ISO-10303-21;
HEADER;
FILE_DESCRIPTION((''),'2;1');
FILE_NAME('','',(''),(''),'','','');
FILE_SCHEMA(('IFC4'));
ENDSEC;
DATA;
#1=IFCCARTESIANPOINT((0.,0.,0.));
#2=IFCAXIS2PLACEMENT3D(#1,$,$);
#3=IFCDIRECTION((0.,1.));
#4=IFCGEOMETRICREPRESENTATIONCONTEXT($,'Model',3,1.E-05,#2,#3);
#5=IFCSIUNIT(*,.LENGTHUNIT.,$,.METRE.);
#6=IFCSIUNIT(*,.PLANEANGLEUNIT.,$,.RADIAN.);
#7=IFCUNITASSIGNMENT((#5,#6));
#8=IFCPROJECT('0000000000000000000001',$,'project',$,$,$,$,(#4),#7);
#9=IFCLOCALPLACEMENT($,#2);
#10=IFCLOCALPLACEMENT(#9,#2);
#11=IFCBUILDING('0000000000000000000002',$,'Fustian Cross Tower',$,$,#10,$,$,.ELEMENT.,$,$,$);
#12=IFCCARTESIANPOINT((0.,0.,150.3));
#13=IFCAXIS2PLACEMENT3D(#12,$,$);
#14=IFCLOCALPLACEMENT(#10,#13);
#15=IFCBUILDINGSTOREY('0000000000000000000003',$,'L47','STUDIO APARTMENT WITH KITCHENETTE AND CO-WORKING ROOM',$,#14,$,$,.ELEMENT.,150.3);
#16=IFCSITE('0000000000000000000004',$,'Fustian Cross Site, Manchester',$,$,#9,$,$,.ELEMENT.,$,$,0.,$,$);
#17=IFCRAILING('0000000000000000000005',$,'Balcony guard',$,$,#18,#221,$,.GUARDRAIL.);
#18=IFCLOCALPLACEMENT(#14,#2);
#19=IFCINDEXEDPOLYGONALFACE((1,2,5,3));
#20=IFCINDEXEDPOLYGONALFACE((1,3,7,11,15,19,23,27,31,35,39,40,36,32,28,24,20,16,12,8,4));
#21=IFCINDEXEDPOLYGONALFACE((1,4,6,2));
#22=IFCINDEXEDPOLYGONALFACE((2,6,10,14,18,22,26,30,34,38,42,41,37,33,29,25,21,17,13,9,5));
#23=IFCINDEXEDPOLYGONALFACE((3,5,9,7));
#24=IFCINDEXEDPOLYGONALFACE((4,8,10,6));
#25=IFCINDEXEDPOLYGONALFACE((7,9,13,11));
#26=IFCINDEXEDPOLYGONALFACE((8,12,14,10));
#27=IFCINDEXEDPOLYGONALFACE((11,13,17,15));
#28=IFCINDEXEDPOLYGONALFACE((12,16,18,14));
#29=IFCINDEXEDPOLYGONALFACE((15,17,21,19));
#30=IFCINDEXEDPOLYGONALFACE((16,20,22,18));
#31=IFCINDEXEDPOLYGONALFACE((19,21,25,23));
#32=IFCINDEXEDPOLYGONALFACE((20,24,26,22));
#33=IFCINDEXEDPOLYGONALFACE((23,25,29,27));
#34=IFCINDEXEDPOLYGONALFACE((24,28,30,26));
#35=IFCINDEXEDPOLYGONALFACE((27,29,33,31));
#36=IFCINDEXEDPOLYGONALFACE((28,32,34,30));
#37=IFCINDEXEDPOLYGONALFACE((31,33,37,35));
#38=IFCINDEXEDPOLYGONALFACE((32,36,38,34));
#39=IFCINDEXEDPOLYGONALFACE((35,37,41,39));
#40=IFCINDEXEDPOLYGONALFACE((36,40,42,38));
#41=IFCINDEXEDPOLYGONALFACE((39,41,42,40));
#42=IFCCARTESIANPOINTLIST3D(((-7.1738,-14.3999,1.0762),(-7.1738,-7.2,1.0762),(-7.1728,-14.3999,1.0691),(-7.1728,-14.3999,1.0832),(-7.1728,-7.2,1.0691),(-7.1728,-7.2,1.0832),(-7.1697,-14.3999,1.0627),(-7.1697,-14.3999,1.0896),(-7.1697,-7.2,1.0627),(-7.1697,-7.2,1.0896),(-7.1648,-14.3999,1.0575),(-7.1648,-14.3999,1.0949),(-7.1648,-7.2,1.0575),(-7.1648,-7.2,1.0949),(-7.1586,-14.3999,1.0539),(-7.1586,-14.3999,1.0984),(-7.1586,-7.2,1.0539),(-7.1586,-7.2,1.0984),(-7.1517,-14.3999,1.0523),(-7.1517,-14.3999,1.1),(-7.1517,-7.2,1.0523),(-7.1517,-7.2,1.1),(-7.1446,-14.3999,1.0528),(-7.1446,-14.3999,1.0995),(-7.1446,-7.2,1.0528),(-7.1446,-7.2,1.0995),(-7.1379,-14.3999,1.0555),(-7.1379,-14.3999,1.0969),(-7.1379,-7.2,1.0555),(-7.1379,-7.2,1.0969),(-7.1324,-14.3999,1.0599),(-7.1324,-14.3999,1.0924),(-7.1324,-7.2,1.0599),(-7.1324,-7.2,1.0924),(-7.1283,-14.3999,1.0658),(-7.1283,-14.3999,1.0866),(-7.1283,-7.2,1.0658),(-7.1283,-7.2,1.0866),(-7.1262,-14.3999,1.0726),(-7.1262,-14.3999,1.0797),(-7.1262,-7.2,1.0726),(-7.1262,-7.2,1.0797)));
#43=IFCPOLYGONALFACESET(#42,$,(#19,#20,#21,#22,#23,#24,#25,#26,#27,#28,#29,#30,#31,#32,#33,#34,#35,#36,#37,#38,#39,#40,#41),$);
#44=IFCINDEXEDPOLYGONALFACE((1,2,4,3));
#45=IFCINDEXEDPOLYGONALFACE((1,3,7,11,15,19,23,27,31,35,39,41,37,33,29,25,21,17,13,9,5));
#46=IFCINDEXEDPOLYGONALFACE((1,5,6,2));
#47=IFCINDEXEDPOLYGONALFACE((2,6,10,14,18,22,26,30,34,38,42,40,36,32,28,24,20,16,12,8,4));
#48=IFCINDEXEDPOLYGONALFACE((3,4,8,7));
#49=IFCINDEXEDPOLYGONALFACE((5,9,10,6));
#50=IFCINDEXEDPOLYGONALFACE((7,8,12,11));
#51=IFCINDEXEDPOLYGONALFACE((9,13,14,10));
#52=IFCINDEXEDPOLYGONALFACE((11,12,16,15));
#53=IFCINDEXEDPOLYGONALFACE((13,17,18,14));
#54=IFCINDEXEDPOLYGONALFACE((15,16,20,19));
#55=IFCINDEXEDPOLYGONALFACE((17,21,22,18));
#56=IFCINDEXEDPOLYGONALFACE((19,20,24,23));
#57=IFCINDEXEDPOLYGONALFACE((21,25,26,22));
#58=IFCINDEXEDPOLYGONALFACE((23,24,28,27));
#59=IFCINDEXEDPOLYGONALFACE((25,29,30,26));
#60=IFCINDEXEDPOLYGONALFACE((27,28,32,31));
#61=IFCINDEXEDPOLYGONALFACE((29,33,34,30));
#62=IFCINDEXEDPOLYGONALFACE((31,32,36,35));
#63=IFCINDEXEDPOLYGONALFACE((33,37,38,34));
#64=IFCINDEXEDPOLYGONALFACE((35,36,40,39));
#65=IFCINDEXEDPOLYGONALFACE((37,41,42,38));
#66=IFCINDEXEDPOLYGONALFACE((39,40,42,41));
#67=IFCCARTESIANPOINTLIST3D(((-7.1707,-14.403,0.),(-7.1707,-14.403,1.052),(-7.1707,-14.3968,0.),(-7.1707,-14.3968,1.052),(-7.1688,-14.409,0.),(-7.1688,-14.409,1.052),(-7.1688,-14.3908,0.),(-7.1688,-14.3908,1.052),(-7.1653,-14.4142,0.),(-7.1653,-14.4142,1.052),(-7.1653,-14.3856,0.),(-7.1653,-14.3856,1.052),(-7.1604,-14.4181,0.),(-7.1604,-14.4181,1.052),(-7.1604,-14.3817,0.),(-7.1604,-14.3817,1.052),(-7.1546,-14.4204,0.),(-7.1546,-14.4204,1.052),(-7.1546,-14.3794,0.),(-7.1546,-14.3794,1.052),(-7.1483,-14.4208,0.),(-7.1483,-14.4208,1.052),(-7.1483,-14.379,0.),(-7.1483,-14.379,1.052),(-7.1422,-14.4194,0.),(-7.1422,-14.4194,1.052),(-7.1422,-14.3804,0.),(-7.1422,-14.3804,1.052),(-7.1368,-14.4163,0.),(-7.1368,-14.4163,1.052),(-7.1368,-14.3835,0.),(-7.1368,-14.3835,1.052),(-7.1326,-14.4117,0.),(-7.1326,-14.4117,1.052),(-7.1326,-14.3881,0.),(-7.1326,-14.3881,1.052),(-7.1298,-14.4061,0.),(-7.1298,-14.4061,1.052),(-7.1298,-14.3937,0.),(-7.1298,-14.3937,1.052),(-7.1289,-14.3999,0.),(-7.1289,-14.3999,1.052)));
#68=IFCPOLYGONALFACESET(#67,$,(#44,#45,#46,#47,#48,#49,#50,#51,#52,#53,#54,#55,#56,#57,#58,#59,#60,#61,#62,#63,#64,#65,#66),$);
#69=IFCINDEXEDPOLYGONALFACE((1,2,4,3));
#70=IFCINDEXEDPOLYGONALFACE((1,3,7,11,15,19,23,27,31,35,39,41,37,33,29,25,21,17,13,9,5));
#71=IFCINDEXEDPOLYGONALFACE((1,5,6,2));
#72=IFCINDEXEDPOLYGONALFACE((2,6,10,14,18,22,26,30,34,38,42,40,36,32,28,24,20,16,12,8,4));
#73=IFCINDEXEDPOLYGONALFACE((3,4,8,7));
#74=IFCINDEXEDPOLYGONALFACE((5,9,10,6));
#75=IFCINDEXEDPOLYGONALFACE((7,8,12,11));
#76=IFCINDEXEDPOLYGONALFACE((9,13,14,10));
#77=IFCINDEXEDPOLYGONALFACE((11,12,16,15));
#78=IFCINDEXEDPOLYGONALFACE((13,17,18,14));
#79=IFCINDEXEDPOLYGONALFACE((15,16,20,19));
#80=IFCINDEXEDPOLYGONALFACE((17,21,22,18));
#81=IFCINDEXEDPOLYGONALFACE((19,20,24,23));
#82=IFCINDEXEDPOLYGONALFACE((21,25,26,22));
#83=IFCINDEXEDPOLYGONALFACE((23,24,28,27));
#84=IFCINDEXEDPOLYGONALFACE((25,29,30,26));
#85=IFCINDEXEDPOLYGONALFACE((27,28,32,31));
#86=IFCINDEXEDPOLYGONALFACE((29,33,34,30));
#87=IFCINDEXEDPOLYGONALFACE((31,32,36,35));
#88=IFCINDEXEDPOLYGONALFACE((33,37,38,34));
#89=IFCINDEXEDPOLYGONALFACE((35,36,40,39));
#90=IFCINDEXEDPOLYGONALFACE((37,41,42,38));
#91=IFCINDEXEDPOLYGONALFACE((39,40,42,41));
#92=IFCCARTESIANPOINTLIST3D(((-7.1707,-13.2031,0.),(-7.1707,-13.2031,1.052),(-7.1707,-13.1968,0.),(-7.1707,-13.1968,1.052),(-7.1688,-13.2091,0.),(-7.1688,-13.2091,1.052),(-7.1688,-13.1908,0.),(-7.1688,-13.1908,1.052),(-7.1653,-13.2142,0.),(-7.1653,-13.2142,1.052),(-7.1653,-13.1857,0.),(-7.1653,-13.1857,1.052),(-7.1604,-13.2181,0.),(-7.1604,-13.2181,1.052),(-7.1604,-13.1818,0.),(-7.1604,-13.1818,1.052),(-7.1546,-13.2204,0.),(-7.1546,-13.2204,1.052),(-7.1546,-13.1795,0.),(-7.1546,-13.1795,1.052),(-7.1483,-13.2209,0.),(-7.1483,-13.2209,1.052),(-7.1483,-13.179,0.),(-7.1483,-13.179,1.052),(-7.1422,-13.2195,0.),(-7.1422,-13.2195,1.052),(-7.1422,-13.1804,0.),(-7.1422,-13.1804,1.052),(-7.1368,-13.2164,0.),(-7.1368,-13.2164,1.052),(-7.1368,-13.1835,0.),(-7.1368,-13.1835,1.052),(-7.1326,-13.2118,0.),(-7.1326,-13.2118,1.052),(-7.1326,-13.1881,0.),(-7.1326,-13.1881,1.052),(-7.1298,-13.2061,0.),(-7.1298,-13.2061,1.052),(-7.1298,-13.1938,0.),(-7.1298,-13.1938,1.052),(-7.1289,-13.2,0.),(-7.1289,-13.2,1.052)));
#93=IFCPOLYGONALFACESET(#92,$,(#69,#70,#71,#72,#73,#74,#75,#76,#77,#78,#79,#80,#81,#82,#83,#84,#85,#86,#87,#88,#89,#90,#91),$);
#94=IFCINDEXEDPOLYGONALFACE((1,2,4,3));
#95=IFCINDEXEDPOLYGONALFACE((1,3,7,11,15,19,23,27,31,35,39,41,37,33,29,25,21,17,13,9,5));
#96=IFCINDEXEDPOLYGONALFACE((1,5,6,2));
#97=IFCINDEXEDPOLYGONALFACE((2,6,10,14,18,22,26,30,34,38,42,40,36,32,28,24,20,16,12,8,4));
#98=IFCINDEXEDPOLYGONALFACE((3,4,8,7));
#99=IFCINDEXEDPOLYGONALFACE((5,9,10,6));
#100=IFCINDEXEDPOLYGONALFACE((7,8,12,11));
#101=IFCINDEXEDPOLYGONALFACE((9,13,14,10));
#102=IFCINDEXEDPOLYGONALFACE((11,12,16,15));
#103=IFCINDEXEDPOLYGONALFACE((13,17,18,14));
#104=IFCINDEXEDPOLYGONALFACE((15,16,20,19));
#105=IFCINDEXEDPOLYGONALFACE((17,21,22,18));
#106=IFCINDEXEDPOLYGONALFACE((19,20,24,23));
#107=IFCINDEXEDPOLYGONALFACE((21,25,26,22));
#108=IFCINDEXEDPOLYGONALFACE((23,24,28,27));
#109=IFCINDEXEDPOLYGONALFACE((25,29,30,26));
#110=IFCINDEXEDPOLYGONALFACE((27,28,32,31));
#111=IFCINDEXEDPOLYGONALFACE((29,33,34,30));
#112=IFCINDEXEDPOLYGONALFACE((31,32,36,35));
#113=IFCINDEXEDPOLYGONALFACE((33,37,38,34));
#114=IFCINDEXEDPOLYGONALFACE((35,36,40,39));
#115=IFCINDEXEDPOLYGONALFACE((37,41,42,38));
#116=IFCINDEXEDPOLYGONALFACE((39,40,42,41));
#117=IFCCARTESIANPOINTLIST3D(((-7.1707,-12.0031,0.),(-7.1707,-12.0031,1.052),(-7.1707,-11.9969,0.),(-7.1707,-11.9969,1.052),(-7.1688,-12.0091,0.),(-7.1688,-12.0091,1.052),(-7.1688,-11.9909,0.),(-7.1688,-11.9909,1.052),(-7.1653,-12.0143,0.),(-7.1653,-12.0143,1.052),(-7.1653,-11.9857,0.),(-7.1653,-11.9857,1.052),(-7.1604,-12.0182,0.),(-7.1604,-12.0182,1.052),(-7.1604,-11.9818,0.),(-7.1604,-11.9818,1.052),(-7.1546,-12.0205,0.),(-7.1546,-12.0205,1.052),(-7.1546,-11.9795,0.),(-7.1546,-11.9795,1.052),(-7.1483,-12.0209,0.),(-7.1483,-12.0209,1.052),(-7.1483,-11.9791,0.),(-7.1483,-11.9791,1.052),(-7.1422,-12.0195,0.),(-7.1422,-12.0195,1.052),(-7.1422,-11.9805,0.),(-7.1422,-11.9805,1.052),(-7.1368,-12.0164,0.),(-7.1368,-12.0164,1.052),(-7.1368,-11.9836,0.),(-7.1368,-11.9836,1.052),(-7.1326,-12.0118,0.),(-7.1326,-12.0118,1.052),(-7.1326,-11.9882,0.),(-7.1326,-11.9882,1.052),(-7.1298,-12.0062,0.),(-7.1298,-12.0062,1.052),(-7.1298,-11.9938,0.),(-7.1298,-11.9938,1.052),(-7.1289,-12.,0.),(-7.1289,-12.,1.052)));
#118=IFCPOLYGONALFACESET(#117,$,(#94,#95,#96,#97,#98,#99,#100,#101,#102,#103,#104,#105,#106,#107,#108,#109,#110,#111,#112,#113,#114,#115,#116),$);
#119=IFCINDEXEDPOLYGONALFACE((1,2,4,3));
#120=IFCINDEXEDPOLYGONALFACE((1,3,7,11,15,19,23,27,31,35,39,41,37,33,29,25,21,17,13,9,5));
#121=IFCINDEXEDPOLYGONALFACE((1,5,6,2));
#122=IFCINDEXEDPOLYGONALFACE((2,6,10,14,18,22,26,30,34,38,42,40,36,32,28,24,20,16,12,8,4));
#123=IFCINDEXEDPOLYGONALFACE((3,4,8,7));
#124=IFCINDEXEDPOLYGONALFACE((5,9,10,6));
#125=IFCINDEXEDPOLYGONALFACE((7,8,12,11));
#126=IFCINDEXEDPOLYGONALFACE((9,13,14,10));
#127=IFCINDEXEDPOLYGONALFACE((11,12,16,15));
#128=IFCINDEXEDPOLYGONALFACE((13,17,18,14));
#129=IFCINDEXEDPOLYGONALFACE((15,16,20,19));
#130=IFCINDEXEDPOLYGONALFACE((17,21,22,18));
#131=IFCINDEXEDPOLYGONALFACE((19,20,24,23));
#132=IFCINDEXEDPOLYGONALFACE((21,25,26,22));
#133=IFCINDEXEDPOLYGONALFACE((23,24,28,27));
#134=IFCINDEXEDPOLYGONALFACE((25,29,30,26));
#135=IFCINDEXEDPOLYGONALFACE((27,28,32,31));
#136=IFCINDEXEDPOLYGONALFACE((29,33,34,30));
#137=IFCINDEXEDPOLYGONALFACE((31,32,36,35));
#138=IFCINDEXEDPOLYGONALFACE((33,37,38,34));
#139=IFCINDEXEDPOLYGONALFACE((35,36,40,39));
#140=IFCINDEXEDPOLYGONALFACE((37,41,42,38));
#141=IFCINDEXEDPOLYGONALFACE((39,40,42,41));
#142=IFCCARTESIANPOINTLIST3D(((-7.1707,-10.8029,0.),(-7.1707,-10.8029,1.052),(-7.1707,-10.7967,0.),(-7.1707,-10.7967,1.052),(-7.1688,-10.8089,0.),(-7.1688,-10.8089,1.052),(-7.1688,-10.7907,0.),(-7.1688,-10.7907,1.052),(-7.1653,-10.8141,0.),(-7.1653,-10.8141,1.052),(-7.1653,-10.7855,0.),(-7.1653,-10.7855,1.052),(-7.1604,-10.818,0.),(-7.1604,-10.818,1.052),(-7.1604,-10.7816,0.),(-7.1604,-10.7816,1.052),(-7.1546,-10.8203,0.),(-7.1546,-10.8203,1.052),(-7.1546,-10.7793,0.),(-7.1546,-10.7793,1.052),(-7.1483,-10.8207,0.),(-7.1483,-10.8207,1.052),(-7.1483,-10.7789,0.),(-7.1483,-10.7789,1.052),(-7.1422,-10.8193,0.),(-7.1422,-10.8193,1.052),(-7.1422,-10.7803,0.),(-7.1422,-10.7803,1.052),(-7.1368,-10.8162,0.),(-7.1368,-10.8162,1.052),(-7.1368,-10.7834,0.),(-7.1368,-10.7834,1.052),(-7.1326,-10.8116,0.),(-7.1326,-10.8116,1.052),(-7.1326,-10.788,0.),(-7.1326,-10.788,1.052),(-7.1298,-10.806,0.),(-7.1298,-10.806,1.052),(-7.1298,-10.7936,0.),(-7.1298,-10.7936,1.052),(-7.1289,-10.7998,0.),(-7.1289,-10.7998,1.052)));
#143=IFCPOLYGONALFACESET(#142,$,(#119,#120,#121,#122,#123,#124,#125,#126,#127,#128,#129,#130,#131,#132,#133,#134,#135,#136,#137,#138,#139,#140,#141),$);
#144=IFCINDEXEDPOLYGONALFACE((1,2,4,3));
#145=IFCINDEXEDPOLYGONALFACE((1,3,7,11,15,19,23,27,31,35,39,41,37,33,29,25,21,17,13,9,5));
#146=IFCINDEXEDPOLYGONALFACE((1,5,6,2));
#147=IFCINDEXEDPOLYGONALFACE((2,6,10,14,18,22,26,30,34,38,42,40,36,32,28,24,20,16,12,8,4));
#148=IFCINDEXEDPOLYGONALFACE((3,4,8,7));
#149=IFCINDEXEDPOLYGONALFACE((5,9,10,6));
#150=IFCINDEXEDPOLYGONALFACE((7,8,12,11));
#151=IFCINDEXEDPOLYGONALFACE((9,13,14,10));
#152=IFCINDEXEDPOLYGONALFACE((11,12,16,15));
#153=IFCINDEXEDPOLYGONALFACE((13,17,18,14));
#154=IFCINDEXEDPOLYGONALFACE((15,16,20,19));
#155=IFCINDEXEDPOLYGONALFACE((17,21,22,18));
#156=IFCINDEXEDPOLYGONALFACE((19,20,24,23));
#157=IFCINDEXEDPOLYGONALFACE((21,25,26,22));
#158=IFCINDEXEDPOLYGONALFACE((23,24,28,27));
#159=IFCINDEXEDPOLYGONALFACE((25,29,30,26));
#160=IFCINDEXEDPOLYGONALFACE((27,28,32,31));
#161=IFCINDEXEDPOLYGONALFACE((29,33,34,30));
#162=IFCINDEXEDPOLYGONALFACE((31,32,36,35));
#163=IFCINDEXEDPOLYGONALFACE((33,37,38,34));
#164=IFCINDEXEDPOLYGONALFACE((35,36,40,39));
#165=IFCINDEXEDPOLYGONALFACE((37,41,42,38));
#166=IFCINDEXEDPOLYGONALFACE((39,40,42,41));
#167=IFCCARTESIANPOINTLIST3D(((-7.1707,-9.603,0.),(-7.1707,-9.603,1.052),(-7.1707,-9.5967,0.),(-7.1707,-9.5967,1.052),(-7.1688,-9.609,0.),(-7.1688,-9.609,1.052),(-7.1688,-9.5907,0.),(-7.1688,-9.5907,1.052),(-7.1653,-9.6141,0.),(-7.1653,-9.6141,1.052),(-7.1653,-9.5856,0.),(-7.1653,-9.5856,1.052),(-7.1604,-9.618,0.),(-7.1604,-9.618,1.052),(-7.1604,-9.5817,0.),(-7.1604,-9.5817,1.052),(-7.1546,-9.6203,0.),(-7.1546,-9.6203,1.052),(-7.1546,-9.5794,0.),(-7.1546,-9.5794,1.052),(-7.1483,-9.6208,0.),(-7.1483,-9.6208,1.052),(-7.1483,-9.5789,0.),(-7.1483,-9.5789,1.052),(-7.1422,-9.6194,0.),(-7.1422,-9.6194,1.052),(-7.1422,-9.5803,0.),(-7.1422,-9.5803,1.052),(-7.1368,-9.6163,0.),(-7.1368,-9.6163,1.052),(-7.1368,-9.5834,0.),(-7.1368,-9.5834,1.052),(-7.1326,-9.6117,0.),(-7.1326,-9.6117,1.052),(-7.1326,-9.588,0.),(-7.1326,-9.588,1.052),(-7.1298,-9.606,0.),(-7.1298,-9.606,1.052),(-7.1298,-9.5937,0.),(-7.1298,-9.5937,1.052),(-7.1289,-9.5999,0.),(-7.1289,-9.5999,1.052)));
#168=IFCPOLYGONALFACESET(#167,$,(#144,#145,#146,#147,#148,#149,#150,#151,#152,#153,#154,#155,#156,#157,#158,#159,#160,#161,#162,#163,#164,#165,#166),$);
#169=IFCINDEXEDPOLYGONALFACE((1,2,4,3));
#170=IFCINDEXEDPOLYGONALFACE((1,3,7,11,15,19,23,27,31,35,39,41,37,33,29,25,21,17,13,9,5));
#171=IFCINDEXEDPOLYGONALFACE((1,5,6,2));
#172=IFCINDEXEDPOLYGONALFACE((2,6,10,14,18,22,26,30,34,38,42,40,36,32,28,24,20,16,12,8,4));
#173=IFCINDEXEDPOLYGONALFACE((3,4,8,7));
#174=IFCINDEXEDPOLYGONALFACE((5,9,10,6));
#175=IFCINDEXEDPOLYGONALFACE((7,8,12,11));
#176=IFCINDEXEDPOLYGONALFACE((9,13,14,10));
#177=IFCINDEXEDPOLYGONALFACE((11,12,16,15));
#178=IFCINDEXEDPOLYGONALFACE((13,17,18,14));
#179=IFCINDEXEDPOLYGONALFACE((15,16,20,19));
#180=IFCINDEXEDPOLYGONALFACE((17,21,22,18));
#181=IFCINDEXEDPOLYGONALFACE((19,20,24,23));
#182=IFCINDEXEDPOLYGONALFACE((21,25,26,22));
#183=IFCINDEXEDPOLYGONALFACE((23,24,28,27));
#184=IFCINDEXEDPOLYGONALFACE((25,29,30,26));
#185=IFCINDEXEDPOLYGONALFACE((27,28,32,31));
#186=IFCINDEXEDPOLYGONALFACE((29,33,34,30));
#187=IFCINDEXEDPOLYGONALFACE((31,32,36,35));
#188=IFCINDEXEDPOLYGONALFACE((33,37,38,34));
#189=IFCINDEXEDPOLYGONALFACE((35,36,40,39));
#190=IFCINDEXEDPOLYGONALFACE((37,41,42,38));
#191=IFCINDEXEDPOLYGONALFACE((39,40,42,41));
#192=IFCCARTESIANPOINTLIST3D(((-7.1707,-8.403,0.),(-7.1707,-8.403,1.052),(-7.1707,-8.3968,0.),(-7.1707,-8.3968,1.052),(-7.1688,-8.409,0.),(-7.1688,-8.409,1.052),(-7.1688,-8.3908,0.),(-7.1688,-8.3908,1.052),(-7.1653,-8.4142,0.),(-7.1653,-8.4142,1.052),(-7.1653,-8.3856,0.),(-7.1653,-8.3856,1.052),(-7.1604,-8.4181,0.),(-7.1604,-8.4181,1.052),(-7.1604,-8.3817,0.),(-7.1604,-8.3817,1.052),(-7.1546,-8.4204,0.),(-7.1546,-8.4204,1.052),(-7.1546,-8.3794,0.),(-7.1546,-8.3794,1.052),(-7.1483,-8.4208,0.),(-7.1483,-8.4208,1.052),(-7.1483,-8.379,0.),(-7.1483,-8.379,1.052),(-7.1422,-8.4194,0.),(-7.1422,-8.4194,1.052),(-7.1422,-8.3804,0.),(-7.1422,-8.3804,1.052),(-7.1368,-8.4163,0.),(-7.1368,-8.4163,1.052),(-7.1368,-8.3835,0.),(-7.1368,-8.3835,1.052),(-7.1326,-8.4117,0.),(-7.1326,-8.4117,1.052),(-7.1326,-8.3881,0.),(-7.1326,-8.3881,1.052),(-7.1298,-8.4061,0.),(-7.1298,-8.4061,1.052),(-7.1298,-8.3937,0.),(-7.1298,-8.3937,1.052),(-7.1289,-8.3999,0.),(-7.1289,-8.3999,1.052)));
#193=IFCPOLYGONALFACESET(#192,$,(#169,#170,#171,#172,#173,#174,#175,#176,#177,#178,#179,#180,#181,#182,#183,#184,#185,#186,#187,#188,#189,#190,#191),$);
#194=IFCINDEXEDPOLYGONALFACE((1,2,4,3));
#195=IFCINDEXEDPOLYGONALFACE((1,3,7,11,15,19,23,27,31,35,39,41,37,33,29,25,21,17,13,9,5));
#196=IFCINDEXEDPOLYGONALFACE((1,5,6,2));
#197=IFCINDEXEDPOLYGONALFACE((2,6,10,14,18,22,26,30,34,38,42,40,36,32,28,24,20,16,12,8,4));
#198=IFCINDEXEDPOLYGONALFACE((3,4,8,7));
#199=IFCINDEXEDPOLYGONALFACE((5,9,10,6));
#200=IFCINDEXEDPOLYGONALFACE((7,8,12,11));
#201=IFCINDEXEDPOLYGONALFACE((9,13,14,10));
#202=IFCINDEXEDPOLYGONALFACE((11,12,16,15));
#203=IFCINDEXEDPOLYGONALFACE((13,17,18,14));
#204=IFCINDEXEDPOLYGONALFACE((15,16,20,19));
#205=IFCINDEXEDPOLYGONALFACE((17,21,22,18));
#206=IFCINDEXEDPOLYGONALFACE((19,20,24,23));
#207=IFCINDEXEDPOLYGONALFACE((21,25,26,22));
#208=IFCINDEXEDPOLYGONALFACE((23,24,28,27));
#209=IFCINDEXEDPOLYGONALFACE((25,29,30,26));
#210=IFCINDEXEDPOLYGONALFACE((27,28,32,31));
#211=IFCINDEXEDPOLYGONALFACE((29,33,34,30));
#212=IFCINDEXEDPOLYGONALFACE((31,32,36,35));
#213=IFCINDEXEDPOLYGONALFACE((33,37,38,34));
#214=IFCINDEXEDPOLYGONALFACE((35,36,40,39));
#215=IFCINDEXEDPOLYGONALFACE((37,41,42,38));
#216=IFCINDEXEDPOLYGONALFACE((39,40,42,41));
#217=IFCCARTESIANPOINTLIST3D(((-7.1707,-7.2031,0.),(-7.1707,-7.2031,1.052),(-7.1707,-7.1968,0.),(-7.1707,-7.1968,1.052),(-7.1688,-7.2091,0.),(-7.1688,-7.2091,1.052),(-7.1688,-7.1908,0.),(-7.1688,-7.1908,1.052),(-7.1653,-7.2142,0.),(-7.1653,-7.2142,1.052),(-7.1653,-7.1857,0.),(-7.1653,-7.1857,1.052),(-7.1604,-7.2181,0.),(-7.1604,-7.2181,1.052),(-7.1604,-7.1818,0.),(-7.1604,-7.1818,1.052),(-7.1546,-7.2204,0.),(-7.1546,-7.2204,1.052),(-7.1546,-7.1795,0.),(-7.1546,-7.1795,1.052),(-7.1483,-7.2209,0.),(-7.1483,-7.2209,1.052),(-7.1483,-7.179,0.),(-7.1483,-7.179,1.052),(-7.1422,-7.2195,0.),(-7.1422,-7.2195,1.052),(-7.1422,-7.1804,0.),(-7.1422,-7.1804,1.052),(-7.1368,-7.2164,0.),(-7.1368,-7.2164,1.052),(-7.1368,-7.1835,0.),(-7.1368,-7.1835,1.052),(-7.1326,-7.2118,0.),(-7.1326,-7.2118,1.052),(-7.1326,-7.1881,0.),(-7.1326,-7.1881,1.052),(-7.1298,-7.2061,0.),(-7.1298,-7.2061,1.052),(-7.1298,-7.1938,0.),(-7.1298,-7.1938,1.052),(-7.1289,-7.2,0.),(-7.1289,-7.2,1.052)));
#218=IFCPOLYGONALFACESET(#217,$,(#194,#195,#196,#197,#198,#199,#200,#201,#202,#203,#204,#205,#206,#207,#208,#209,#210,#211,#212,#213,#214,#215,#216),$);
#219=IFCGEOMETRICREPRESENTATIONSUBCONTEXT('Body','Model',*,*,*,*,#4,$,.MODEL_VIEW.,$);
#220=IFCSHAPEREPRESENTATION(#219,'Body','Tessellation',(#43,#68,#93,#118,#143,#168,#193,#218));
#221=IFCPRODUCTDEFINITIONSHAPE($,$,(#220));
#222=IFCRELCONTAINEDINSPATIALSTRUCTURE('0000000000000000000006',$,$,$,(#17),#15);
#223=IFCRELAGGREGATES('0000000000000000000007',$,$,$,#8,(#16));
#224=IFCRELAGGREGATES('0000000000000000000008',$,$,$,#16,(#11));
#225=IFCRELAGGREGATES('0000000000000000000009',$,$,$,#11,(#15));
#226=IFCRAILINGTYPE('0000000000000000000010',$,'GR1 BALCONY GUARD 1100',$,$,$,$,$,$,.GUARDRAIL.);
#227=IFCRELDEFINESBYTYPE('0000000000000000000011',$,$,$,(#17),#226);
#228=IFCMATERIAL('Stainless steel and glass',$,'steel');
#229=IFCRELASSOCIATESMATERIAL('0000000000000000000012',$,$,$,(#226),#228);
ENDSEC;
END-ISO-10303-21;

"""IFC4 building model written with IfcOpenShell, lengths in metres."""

from ifc_helpers import new_model, si_unit, direction, frame, origin, origin_2d, place, context, subcontext, project, spatial, circle, extrude, material, type_object, element, save


model = new_model("IFC4")

# Units and contexts
model_context = context("Model", 3, precision=1e-05, world=origin(), true_north=direction((0.0, 1.0)))
body_context = subcontext(model_context, "Body", "Model", "MODEL_VIEW")
ifc_project = project(units=[si_unit("LENGTHUNIT", "METRE"), si_unit("PLANEANGLEUNIT", "RADIAN")], contexts=[model_context])

# Site, building, storey
site_placement = place(None, origin())
site = spatial("IfcSite", under=ifc_project, at=site_placement, Name="Fustian Cross Site, Manchester", CompositionType="ELEMENT", RefElevation=0.0)
building_placement = place(site_placement, origin())
building = spatial("IfcBuilding", under=site, at=building_placement, Name="Fustian Cross Tower", CompositionType="ELEMENT")
storey_placement = place(building_placement, frame((0.0, 0.0, 150.3)))
storey = spatial("IfcBuildingStorey", under=building, at=storey_placement, Name="L47", Description="STUDIO APARTMENT WITH KITCHENETTE AND CO-WORKING ROOM", CompositionType="ELEMENT", Elevation=150.3)

# Railing
ifc_material_1 = material(Name="Stainless steel and glass", Category="steel")
railing_type = type_object("IfcRailingType", Name="GR1 BALCONY GUARD 1100", PredefinedType="GUARDRAIL", material=ifc_material_1)
railing_placement = place(storey_placement, frame((-7.1499, -14.3999, 0.0)))
element("IfcRailing", 1, at=railing_placement, inside=storey, type_object=railing_type, Name="Balcony guard", PredefinedType="GUARDRAIL", context=body_context, shape_type="SweptSolid", body=[
    extrude(circle(Radius=0.0239, at=origin_2d()), frame((0.0, 0.0, 1.0762), z_axis=(0.0, 1.0, 0.0), x_axis=(-1.0, 0.0, 0.0)), (0.0, 0.0, 1.0), 7.2),
    extrude(circle(Radius=0.021, at=origin_2d()), origin(), (0.0, 0.0, 1.0), 1.052),
    extrude(circle(Radius=0.021, at=origin_2d()), frame((0.0, 1.2, 0.0)), (0.0, 0.0, 1.0), 1.052),
    extrude(circle(Radius=0.021, at=origin_2d()), frame((0.0, 2.3999, 0.0)), (0.0, 0.0, 1.0), 1.052),
    extrude(circle(Radius=0.021, at=origin_2d()), frame((0.0, 3.6001, 0.0)), (0.0, 0.0, 1.0), 1.052),
    extrude(circle(Radius=0.021, at=origin_2d()), frame((0.0, 4.8, 0.0)), (0.0, 0.0, 1.0), 1.052),
    extrude(circle(Radius=0.021, at=origin_2d()), frame((0.0, 6.0, 0.0)), (0.0, 0.0, 1.0), 1.052),
    extrude(circle(Radius=0.021, at=origin_2d()), frame((0.0, 7.2, 0.0)), (0.0, 0.0, 1.0), 1.052),
])

save(model, "model.ifc")
